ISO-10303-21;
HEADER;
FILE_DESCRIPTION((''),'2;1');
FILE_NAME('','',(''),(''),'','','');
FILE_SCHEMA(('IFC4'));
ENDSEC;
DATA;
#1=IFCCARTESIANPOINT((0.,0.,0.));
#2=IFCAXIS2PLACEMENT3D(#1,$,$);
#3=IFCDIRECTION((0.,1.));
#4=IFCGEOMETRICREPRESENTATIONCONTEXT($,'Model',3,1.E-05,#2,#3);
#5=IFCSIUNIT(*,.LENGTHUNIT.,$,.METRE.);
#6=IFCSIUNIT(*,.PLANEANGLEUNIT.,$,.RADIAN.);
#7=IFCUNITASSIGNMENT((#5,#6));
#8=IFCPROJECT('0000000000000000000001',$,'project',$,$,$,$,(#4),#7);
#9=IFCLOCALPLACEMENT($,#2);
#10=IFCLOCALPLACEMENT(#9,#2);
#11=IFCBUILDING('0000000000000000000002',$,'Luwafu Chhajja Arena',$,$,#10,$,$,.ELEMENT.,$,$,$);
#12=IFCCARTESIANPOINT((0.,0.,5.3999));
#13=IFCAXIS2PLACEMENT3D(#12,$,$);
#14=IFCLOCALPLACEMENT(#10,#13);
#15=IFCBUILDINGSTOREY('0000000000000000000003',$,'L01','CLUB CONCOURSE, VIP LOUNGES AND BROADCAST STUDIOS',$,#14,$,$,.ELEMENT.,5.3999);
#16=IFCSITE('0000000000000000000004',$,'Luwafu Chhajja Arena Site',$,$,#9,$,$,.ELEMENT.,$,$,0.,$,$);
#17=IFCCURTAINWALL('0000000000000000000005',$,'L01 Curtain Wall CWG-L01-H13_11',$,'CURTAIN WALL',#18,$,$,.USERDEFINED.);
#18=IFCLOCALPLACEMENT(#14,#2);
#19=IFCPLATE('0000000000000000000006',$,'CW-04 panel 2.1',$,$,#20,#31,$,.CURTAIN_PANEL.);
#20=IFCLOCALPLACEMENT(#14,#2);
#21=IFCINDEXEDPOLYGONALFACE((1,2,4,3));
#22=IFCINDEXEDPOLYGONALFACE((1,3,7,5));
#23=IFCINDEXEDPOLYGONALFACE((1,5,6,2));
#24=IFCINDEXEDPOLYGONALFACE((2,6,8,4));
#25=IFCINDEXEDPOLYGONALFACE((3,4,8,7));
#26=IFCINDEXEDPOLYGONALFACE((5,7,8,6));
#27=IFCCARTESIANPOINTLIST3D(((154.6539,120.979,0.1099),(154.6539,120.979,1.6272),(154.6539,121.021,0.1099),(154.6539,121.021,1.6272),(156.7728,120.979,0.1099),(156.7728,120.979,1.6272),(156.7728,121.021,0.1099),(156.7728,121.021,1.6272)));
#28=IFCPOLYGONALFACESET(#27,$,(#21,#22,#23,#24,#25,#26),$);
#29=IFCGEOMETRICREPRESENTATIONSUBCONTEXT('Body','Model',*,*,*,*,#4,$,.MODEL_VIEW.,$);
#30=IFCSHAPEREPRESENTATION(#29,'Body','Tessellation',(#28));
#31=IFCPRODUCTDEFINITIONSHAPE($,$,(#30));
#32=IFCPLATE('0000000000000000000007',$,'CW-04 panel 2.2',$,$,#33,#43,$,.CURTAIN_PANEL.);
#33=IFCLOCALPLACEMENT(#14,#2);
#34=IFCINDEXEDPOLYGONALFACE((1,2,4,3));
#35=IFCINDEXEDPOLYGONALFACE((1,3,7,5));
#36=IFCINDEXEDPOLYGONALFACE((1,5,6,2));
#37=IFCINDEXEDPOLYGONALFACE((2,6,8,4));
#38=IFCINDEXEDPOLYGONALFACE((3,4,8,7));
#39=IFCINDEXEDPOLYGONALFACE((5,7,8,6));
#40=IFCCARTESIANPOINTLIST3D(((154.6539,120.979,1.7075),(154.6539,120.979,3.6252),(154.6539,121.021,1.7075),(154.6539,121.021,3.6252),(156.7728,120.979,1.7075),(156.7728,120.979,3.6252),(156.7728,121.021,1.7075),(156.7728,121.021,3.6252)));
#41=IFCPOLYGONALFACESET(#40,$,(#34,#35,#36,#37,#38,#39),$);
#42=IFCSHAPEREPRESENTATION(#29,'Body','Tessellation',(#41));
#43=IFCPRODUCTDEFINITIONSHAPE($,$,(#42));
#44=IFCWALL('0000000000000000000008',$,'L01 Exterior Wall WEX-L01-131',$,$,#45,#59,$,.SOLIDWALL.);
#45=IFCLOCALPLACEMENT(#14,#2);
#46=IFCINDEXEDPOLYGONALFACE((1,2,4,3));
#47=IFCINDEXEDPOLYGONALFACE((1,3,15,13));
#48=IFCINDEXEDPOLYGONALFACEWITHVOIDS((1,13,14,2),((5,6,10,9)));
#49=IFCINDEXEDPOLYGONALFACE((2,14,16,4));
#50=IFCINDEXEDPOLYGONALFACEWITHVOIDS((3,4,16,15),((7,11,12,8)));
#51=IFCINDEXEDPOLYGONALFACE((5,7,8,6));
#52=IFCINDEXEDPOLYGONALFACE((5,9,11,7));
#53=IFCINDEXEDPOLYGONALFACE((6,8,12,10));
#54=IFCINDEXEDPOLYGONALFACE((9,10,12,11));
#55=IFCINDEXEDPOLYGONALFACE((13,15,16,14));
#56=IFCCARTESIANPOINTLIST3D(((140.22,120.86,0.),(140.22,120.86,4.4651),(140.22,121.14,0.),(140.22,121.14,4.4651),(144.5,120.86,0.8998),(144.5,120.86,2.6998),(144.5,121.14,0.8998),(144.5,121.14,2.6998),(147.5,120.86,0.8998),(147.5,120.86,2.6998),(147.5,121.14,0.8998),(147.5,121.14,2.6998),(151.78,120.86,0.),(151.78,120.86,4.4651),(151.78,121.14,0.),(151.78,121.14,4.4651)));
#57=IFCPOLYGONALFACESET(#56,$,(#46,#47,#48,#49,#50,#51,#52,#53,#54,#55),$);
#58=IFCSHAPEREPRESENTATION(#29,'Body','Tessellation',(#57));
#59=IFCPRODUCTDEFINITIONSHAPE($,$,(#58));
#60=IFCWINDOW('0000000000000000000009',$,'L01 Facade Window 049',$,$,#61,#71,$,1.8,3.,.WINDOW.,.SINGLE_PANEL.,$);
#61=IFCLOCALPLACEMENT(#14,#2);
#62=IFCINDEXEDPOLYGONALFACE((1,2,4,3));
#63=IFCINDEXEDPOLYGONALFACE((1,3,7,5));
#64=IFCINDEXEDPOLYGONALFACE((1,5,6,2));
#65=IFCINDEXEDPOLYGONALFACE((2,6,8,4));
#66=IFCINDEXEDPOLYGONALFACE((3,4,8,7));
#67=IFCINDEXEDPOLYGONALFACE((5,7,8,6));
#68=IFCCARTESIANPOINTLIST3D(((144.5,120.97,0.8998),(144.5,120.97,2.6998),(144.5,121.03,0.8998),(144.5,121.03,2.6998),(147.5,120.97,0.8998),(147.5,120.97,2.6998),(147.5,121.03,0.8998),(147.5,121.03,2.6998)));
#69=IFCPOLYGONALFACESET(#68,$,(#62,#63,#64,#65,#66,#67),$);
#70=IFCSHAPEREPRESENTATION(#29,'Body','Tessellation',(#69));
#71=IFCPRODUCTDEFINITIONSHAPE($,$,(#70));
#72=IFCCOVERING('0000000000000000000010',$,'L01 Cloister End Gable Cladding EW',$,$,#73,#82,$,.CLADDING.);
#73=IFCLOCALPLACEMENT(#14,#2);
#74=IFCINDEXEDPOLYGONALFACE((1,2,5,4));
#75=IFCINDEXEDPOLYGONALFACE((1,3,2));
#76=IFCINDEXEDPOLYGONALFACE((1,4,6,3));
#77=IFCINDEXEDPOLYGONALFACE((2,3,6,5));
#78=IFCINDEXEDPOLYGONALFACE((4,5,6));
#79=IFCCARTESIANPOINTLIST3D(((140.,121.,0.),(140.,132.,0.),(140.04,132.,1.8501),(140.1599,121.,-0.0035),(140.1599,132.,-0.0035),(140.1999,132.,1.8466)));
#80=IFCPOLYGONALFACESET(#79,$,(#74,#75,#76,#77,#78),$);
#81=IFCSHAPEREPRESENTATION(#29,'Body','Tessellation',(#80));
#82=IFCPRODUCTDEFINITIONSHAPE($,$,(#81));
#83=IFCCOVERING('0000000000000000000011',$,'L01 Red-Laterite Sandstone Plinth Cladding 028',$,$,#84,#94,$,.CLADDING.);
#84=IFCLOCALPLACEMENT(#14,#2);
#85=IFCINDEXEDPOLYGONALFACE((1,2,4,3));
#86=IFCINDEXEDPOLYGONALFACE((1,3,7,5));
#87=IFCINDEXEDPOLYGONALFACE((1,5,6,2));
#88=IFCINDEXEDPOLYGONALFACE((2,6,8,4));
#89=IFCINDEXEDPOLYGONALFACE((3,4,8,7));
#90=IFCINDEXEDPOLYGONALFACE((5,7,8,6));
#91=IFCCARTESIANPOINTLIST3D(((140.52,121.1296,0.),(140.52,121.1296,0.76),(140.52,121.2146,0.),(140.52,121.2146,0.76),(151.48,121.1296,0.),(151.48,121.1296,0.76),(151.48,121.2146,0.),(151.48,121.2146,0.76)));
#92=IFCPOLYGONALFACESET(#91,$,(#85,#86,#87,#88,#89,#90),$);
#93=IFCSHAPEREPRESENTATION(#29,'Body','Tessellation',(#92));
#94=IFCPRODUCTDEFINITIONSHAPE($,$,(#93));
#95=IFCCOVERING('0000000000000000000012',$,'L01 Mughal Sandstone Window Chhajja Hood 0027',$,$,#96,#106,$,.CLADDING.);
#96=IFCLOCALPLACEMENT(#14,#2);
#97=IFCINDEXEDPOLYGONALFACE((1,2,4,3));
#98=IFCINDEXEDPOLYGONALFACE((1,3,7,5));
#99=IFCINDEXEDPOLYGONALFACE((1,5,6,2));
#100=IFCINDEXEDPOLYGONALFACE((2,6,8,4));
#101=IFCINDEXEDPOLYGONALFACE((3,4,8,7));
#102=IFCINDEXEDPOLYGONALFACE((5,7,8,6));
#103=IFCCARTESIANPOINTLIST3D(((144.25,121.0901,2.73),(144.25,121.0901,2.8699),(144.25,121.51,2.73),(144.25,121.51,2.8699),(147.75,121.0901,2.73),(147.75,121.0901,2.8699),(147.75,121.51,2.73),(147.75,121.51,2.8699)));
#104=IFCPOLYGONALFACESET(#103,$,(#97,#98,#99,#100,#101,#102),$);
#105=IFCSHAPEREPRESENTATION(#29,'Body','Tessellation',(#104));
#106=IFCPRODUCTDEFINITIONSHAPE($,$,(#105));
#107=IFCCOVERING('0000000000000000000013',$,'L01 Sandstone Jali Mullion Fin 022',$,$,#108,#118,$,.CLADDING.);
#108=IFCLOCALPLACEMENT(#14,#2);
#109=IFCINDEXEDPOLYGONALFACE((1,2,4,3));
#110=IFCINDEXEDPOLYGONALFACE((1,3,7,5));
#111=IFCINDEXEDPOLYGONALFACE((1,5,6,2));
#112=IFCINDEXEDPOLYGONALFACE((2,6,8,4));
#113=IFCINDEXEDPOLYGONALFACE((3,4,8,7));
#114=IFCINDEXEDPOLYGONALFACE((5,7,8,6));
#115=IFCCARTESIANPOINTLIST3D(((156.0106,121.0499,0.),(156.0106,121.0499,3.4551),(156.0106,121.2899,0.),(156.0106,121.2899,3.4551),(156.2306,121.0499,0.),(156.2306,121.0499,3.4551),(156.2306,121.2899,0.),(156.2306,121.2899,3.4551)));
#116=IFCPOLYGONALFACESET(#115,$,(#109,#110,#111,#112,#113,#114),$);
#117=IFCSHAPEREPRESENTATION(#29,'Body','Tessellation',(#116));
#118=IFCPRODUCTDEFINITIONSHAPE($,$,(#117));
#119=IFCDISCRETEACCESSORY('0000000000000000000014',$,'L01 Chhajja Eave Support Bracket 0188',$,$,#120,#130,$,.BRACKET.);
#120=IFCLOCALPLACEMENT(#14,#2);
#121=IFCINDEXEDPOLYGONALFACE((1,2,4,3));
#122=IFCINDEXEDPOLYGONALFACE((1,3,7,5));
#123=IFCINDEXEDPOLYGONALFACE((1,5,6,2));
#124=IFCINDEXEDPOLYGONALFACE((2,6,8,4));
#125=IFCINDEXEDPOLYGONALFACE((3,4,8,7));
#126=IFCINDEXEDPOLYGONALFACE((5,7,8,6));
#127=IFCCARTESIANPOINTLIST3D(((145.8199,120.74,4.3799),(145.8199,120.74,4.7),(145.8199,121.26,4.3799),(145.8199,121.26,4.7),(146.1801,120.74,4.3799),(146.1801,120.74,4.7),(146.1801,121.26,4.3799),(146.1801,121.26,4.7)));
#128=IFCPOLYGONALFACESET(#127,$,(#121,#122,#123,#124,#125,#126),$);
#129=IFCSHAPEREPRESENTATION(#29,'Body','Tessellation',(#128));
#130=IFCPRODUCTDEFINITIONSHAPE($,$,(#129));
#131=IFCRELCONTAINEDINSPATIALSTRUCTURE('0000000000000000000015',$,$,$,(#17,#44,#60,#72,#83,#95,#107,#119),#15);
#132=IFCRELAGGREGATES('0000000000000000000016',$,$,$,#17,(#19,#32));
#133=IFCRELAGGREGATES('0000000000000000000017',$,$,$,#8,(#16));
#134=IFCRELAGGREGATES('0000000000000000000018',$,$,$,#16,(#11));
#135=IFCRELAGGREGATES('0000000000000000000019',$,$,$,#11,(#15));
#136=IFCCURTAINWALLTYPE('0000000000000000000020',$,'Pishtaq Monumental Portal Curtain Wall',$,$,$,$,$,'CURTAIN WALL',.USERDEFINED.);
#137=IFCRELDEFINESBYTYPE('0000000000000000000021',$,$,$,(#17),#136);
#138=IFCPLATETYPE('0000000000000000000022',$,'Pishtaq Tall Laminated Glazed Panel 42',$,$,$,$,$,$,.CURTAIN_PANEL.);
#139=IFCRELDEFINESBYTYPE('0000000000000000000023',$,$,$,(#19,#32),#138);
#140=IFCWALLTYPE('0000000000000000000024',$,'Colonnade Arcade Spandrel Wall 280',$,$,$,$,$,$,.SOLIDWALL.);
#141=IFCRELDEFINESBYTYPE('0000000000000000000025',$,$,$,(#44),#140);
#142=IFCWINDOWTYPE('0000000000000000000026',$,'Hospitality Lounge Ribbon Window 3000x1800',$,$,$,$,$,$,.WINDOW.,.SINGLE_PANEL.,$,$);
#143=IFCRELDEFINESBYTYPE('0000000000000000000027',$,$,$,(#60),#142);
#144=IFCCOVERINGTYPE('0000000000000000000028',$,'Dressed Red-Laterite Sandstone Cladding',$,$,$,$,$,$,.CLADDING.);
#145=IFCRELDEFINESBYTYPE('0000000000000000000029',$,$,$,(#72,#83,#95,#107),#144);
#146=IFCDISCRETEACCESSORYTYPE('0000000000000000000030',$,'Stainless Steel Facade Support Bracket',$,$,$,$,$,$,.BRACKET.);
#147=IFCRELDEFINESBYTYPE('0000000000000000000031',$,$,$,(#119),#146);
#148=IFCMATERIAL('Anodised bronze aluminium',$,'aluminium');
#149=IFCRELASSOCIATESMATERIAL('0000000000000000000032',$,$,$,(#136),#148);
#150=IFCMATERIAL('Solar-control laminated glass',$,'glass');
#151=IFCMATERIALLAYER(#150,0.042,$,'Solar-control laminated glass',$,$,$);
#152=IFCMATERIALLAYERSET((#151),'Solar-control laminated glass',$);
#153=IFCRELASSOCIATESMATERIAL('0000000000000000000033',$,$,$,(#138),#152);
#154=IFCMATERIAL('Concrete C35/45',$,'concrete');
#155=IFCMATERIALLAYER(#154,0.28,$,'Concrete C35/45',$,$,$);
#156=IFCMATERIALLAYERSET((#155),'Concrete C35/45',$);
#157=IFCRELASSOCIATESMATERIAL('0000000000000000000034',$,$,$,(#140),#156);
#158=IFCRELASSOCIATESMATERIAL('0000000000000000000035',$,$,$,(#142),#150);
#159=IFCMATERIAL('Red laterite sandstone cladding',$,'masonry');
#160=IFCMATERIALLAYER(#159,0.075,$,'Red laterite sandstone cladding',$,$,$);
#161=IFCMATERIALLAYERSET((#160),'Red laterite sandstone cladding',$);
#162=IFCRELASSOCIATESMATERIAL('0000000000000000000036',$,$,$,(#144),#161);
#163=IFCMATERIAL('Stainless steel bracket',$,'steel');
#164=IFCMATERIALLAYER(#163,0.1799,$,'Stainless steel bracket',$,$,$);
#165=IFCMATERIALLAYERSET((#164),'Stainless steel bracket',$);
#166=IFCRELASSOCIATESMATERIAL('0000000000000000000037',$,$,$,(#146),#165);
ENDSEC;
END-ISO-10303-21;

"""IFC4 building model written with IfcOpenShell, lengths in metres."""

from ifc_helpers import new_model, si_unit, direction, frame, frame_2d, origin, origin_2d, place, context, subcontext, project, spatial, polyline, rectangle, outline, extrude, material, layer, layer_set, type_object, element, fill, aggregate, save


model = new_model("IFC4")

# Units and contexts
model_context = context("Model", 3, precision=1e-05, world=origin(), true_north=direction((0.0, 1.0)))
body_context = subcontext(model_context, "Body", "Model", "MODEL_VIEW")
ifc_project = project(units=[si_unit("LENGTHUNIT", "METRE"), si_unit("PLANEANGLEUNIT", "RADIAN")], contexts=[model_context])

# Site, building, storey
site_placement = place(None, origin())
site = spatial("IfcSite", under=ifc_project, at=site_placement, Name="Luwafu Chhajja Arena Site", CompositionType="ELEMENT", RefElevation=0.0)
building_placement = place(site_placement, origin())
building = spatial("IfcBuilding", under=site, at=building_placement, Name="Luwafu Chhajja Arena", CompositionType="ELEMENT")
storey_placement = place(building_placement, frame((0.0, 0.0, 5.3999)))
storey = spatial("IfcBuildingStorey", under=building, at=storey_placement, Name="L01", Description="CLUB CONCOURSE, VIP LOUNGES AND BROADCAST STUDIOS", CompositionType="ELEMENT", Elevation=5.3999)

# Shared definitions
ifc_material_1 = material(Name="Concrete C35/45", Category="concrete")

# Curtain wall
ifc_material_2 = material(Name="Anodised bronze aluminium", Category="aluminium")
curtain_wall_type = type_object("IfcCurtainWallType", Name="Pishtaq Monumental Portal Curtain Wall", ElementType="CURTAIN WALL", PredefinedType="USERDEFINED", material=ifc_material_2)
curtain_wall_placement = place(storey_placement, origin())
curtain_wall = element("IfcCurtainWall", 1, at=curtain_wall_placement, inside=storey, type_object=curtain_wall_type, Name="L01 Curtain Wall CWG-L01-H13_11", ObjectType="CURTAIN WALL", PredefinedType="USERDEFINED")

# Plates
ifc_material_3 = material(Name="Solar-control laminated glass", Category="glass")
ifc_layer_1 = layer(ifc_material_3, 0.042, Name="Solar-control laminated glass")
ifc_layer_set_1 = layer_set([ifc_layer_1], Name="Solar-control laminated glass")
plate_type = type_object("IfcPlateType", Name="Pishtaq Tall Laminated Glazed Panel 42", PredefinedType="CURTAIN_PANEL", material=ifc_layer_set_1)
plate_1_placement = place(storey_placement, frame((155.7134, 121.0, 0.1099), z_axis=(0.0, 0.0, 1.0), x_axis=(1.0, 0.0, 0.0)))
plate_1 = element("IfcPlate", 2, at=plate_1_placement, type_object=plate_type, Name="CW-04 panel 2.1", PredefinedType="CURTAIN_PANEL", context=body_context, shape_type="SweptSolid", body=[
    extrude(rectangle(XDim=2.1189, YDim=0.042, at=origin_2d()), origin(), (0.0, 0.0, 1.0), 1.5173),
])
plate_2_placement = place(storey_placement, frame((155.7134, 121.0, 1.7075), z_axis=(0.0, 0.0, 1.0), x_axis=(1.0, 0.0, 0.0)))
plate_2 = element("IfcPlate", 3, at=plate_2_placement, type_object=plate_type, Name="CW-04 panel 2.2", PredefinedType="CURTAIN_PANEL", context=body_context, shape_type="SweptSolid", body=[
    extrude(rectangle(XDim=2.1189, YDim=0.042, at=origin_2d()), origin(), (0.0, 0.0, 1.0), 1.9177),
])
aggregate(curtain_wall, [plate_1, plate_2])

# Wall, opening, window
ifc_layer_2 = layer(ifc_material_1, 0.28, Name="Concrete C35/45")
ifc_layer_set_2 = layer_set([ifc_layer_2], Name="Concrete C35/45")
wall_type = type_object("IfcWallType", Name="Colonnade Arcade Spandrel Wall 280", PredefinedType="SOLIDWALL", material=ifc_layer_set_2)
wall_placement = place(storey_placement, frame((140.22, 121.0, 0.0), z_axis=(0.0, 0.0, 1.0), x_axis=(1.0, 0.0, 0.0)))
wall = element("IfcWall", 4, at=wall_placement, inside=storey, type_object=wall_type, Name="L01 Exterior Wall WEX-L01-131", PredefinedType="SOLIDWALL", context=body_context, shape_type="SweptSolid", body=[
    extrude(rectangle(XDim=11.5601, YDim=0.28, at=frame_2d((5.78, 0.0))), origin(), (0.0, 0.0, 1.0), 4.4651),
])
opening_placement = place(wall_placement, frame((4.28, 0.0, 0.8999)))
opening = element("IfcOpeningElement", 5, at=opening_placement, cuts=wall, PredefinedType="OPENING", context=body_context, shape_type="SweptSolid", body=[
    extrude(rectangle(XDim=3.0, YDim=1.8, at=frame_2d((1.5, 0.8999))), frame((0.0, 0.1499, 0.0), z_axis=(0.0, -1.0, 0.0), x_axis=(1.0, 0.0, 0.0)), (0.0, 0.0, 1.0), 0.3),
])
window_type = type_object("IfcWindowType", Name="Hospitality Lounge Ribbon Window 3000x1800", PartitioningType="SINGLE_PANEL", PredefinedType="WINDOW", material=ifc_material_3)
window_placement = place(opening_placement, origin())
window = element("IfcWindow", 6, at=window_placement, inside=storey, type_object=window_type, Name="L01 Facade Window 049", OverallHeight=1.8, OverallWidth=3.0, PartitioningType="SINGLE_PANEL", PredefinedType="WINDOW", context=body_context, shape_type="SweptSolid", body=[
    extrude(rectangle(XDim=3.0, YDim=1.8, at=frame_2d((1.5, 0.8999))), frame((0.0, 0.03, 0.0), z_axis=(0.0, -1.0, 0.0), x_axis=(1.0, 0.0, 0.0)), (0.0, 0.0, 1.0), 0.0601),
])
fill(opening, window)

# Coverings
ifc_material_4 = material(Name="Red laterite sandstone cladding", Category="masonry")
ifc_layer_3 = layer(ifc_material_4, 0.075, Name="Red laterite sandstone cladding")
ifc_layer_set_3 = layer_set([ifc_layer_3], Name="Red laterite sandstone cladding")
covering_type = type_object("IfcCoveringType", Name="Dressed Red-Laterite Sandstone Cladding", PredefinedType="CLADDING", material=ifc_layer_set_3)
covering_1_placement = place(storey_placement, frame((140.0, 121.0, 0.0), z_axis=(-0.999766, 0.0, 0.021637), x_axis=(0.0, 1.0, 0.0)))
element("IfcCovering", 7, at=covering_1_placement, inside=storey, type_object=covering_type, Name="L01 Cloister End Gable Cladding EW", PredefinedType="CLADDING", context=body_context, shape_type="SweptSolid", body=[
    extrude(outline(polyline([(0.0, 0.0), (11.0, 0.0), (11.0, -1.8505), (0.0, 0.0)])), origin(), (0.0, 0.0, -1.0), 0.1599),
])
covering_2_placement = place(storey_placement, frame((146.0, 121.1721, 0.0), z_axis=(0.0, 0.0, 1.0), x_axis=(1.0, 0.0, 0.0)))
element("IfcCovering", 8, at=covering_2_placement, inside=storey, type_object=covering_type, Name="L01 Red-Laterite Sandstone Plinth Cladding 028", PredefinedType="CLADDING", context=body_context, shape_type="SweptSolid", body=[
    extrude(rectangle(XDim=10.96, YDim=0.085, at=origin_2d()), origin(), (0.0, 0.0, 1.0), 0.76),
])
covering_3_placement = place(storey_placement, frame((146.0, 121.3, 2.73), z_axis=(0.0, 0.0, 1.0), x_axis=(1.0, 0.0, 0.0)))
element("IfcCovering", 9, at=covering_3_placement, inside=storey, type_object=covering_type, Name="L01 Mughal Sandstone Window Chhajja Hood 0027", PredefinedType="CLADDING", context=body_context, shape_type="SweptSolid", body=[
    extrude(rectangle(XDim=3.5, YDim=0.4199, at=origin_2d()), origin(), (0.0, 0.0, 1.0), 0.1399),
])
covering_4_placement = place(storey_placement, frame((156.1206, 121.1699, 0.0), z_axis=(0.0, 0.0, 1.0), x_axis=(1.0, 0.0, 0.0)))
element("IfcCovering", 10, at=covering_4_placement, inside=storey, type_object=covering_type, Name="L01 Sandstone Jali Mullion Fin 022", PredefinedType="CLADDING", context=body_context, shape_type="SweptSolid", body=[
    extrude(rectangle(XDim=0.22, YDim=0.24, at=origin_2d()), origin(), (0.0, 0.0, 1.0), 3.4551),
])

# Discrete accessory
ifc_material_5 = material(Name="Stainless steel bracket", Category="steel")
ifc_layer_4 = layer(ifc_material_5, 0.1799, Name="Stainless steel bracket")
ifc_layer_set_4 = layer_set([ifc_layer_4], Name="Stainless steel bracket")
discrete_accessory_type = type_object("IfcDiscreteAccessoryType", Name="Stainless Steel Facade Support Bracket", PredefinedType="BRACKET", material=ifc_layer_set_4)
discrete_accessory_placement = place(storey_placement, frame((146.0, 121.0, 4.3799), z_axis=(0.0, 0.0, 1.0), x_axis=(1.0, 0.0, 0.0)))
element("IfcDiscreteAccessory", 11, at=discrete_accessory_placement, inside=storey, type_object=discrete_accessory_type, Name="L01 Chhajja Eave Support Bracket 0188", PredefinedType="BRACKET", context=body_context, shape_type="SweptSolid", body=[
    extrude(rectangle(XDim=0.3601, YDim=0.52, at=origin_2d()), origin(), (0.0, 0.0, 1.0), 0.3201),
])

save(model, "model.ifc")
